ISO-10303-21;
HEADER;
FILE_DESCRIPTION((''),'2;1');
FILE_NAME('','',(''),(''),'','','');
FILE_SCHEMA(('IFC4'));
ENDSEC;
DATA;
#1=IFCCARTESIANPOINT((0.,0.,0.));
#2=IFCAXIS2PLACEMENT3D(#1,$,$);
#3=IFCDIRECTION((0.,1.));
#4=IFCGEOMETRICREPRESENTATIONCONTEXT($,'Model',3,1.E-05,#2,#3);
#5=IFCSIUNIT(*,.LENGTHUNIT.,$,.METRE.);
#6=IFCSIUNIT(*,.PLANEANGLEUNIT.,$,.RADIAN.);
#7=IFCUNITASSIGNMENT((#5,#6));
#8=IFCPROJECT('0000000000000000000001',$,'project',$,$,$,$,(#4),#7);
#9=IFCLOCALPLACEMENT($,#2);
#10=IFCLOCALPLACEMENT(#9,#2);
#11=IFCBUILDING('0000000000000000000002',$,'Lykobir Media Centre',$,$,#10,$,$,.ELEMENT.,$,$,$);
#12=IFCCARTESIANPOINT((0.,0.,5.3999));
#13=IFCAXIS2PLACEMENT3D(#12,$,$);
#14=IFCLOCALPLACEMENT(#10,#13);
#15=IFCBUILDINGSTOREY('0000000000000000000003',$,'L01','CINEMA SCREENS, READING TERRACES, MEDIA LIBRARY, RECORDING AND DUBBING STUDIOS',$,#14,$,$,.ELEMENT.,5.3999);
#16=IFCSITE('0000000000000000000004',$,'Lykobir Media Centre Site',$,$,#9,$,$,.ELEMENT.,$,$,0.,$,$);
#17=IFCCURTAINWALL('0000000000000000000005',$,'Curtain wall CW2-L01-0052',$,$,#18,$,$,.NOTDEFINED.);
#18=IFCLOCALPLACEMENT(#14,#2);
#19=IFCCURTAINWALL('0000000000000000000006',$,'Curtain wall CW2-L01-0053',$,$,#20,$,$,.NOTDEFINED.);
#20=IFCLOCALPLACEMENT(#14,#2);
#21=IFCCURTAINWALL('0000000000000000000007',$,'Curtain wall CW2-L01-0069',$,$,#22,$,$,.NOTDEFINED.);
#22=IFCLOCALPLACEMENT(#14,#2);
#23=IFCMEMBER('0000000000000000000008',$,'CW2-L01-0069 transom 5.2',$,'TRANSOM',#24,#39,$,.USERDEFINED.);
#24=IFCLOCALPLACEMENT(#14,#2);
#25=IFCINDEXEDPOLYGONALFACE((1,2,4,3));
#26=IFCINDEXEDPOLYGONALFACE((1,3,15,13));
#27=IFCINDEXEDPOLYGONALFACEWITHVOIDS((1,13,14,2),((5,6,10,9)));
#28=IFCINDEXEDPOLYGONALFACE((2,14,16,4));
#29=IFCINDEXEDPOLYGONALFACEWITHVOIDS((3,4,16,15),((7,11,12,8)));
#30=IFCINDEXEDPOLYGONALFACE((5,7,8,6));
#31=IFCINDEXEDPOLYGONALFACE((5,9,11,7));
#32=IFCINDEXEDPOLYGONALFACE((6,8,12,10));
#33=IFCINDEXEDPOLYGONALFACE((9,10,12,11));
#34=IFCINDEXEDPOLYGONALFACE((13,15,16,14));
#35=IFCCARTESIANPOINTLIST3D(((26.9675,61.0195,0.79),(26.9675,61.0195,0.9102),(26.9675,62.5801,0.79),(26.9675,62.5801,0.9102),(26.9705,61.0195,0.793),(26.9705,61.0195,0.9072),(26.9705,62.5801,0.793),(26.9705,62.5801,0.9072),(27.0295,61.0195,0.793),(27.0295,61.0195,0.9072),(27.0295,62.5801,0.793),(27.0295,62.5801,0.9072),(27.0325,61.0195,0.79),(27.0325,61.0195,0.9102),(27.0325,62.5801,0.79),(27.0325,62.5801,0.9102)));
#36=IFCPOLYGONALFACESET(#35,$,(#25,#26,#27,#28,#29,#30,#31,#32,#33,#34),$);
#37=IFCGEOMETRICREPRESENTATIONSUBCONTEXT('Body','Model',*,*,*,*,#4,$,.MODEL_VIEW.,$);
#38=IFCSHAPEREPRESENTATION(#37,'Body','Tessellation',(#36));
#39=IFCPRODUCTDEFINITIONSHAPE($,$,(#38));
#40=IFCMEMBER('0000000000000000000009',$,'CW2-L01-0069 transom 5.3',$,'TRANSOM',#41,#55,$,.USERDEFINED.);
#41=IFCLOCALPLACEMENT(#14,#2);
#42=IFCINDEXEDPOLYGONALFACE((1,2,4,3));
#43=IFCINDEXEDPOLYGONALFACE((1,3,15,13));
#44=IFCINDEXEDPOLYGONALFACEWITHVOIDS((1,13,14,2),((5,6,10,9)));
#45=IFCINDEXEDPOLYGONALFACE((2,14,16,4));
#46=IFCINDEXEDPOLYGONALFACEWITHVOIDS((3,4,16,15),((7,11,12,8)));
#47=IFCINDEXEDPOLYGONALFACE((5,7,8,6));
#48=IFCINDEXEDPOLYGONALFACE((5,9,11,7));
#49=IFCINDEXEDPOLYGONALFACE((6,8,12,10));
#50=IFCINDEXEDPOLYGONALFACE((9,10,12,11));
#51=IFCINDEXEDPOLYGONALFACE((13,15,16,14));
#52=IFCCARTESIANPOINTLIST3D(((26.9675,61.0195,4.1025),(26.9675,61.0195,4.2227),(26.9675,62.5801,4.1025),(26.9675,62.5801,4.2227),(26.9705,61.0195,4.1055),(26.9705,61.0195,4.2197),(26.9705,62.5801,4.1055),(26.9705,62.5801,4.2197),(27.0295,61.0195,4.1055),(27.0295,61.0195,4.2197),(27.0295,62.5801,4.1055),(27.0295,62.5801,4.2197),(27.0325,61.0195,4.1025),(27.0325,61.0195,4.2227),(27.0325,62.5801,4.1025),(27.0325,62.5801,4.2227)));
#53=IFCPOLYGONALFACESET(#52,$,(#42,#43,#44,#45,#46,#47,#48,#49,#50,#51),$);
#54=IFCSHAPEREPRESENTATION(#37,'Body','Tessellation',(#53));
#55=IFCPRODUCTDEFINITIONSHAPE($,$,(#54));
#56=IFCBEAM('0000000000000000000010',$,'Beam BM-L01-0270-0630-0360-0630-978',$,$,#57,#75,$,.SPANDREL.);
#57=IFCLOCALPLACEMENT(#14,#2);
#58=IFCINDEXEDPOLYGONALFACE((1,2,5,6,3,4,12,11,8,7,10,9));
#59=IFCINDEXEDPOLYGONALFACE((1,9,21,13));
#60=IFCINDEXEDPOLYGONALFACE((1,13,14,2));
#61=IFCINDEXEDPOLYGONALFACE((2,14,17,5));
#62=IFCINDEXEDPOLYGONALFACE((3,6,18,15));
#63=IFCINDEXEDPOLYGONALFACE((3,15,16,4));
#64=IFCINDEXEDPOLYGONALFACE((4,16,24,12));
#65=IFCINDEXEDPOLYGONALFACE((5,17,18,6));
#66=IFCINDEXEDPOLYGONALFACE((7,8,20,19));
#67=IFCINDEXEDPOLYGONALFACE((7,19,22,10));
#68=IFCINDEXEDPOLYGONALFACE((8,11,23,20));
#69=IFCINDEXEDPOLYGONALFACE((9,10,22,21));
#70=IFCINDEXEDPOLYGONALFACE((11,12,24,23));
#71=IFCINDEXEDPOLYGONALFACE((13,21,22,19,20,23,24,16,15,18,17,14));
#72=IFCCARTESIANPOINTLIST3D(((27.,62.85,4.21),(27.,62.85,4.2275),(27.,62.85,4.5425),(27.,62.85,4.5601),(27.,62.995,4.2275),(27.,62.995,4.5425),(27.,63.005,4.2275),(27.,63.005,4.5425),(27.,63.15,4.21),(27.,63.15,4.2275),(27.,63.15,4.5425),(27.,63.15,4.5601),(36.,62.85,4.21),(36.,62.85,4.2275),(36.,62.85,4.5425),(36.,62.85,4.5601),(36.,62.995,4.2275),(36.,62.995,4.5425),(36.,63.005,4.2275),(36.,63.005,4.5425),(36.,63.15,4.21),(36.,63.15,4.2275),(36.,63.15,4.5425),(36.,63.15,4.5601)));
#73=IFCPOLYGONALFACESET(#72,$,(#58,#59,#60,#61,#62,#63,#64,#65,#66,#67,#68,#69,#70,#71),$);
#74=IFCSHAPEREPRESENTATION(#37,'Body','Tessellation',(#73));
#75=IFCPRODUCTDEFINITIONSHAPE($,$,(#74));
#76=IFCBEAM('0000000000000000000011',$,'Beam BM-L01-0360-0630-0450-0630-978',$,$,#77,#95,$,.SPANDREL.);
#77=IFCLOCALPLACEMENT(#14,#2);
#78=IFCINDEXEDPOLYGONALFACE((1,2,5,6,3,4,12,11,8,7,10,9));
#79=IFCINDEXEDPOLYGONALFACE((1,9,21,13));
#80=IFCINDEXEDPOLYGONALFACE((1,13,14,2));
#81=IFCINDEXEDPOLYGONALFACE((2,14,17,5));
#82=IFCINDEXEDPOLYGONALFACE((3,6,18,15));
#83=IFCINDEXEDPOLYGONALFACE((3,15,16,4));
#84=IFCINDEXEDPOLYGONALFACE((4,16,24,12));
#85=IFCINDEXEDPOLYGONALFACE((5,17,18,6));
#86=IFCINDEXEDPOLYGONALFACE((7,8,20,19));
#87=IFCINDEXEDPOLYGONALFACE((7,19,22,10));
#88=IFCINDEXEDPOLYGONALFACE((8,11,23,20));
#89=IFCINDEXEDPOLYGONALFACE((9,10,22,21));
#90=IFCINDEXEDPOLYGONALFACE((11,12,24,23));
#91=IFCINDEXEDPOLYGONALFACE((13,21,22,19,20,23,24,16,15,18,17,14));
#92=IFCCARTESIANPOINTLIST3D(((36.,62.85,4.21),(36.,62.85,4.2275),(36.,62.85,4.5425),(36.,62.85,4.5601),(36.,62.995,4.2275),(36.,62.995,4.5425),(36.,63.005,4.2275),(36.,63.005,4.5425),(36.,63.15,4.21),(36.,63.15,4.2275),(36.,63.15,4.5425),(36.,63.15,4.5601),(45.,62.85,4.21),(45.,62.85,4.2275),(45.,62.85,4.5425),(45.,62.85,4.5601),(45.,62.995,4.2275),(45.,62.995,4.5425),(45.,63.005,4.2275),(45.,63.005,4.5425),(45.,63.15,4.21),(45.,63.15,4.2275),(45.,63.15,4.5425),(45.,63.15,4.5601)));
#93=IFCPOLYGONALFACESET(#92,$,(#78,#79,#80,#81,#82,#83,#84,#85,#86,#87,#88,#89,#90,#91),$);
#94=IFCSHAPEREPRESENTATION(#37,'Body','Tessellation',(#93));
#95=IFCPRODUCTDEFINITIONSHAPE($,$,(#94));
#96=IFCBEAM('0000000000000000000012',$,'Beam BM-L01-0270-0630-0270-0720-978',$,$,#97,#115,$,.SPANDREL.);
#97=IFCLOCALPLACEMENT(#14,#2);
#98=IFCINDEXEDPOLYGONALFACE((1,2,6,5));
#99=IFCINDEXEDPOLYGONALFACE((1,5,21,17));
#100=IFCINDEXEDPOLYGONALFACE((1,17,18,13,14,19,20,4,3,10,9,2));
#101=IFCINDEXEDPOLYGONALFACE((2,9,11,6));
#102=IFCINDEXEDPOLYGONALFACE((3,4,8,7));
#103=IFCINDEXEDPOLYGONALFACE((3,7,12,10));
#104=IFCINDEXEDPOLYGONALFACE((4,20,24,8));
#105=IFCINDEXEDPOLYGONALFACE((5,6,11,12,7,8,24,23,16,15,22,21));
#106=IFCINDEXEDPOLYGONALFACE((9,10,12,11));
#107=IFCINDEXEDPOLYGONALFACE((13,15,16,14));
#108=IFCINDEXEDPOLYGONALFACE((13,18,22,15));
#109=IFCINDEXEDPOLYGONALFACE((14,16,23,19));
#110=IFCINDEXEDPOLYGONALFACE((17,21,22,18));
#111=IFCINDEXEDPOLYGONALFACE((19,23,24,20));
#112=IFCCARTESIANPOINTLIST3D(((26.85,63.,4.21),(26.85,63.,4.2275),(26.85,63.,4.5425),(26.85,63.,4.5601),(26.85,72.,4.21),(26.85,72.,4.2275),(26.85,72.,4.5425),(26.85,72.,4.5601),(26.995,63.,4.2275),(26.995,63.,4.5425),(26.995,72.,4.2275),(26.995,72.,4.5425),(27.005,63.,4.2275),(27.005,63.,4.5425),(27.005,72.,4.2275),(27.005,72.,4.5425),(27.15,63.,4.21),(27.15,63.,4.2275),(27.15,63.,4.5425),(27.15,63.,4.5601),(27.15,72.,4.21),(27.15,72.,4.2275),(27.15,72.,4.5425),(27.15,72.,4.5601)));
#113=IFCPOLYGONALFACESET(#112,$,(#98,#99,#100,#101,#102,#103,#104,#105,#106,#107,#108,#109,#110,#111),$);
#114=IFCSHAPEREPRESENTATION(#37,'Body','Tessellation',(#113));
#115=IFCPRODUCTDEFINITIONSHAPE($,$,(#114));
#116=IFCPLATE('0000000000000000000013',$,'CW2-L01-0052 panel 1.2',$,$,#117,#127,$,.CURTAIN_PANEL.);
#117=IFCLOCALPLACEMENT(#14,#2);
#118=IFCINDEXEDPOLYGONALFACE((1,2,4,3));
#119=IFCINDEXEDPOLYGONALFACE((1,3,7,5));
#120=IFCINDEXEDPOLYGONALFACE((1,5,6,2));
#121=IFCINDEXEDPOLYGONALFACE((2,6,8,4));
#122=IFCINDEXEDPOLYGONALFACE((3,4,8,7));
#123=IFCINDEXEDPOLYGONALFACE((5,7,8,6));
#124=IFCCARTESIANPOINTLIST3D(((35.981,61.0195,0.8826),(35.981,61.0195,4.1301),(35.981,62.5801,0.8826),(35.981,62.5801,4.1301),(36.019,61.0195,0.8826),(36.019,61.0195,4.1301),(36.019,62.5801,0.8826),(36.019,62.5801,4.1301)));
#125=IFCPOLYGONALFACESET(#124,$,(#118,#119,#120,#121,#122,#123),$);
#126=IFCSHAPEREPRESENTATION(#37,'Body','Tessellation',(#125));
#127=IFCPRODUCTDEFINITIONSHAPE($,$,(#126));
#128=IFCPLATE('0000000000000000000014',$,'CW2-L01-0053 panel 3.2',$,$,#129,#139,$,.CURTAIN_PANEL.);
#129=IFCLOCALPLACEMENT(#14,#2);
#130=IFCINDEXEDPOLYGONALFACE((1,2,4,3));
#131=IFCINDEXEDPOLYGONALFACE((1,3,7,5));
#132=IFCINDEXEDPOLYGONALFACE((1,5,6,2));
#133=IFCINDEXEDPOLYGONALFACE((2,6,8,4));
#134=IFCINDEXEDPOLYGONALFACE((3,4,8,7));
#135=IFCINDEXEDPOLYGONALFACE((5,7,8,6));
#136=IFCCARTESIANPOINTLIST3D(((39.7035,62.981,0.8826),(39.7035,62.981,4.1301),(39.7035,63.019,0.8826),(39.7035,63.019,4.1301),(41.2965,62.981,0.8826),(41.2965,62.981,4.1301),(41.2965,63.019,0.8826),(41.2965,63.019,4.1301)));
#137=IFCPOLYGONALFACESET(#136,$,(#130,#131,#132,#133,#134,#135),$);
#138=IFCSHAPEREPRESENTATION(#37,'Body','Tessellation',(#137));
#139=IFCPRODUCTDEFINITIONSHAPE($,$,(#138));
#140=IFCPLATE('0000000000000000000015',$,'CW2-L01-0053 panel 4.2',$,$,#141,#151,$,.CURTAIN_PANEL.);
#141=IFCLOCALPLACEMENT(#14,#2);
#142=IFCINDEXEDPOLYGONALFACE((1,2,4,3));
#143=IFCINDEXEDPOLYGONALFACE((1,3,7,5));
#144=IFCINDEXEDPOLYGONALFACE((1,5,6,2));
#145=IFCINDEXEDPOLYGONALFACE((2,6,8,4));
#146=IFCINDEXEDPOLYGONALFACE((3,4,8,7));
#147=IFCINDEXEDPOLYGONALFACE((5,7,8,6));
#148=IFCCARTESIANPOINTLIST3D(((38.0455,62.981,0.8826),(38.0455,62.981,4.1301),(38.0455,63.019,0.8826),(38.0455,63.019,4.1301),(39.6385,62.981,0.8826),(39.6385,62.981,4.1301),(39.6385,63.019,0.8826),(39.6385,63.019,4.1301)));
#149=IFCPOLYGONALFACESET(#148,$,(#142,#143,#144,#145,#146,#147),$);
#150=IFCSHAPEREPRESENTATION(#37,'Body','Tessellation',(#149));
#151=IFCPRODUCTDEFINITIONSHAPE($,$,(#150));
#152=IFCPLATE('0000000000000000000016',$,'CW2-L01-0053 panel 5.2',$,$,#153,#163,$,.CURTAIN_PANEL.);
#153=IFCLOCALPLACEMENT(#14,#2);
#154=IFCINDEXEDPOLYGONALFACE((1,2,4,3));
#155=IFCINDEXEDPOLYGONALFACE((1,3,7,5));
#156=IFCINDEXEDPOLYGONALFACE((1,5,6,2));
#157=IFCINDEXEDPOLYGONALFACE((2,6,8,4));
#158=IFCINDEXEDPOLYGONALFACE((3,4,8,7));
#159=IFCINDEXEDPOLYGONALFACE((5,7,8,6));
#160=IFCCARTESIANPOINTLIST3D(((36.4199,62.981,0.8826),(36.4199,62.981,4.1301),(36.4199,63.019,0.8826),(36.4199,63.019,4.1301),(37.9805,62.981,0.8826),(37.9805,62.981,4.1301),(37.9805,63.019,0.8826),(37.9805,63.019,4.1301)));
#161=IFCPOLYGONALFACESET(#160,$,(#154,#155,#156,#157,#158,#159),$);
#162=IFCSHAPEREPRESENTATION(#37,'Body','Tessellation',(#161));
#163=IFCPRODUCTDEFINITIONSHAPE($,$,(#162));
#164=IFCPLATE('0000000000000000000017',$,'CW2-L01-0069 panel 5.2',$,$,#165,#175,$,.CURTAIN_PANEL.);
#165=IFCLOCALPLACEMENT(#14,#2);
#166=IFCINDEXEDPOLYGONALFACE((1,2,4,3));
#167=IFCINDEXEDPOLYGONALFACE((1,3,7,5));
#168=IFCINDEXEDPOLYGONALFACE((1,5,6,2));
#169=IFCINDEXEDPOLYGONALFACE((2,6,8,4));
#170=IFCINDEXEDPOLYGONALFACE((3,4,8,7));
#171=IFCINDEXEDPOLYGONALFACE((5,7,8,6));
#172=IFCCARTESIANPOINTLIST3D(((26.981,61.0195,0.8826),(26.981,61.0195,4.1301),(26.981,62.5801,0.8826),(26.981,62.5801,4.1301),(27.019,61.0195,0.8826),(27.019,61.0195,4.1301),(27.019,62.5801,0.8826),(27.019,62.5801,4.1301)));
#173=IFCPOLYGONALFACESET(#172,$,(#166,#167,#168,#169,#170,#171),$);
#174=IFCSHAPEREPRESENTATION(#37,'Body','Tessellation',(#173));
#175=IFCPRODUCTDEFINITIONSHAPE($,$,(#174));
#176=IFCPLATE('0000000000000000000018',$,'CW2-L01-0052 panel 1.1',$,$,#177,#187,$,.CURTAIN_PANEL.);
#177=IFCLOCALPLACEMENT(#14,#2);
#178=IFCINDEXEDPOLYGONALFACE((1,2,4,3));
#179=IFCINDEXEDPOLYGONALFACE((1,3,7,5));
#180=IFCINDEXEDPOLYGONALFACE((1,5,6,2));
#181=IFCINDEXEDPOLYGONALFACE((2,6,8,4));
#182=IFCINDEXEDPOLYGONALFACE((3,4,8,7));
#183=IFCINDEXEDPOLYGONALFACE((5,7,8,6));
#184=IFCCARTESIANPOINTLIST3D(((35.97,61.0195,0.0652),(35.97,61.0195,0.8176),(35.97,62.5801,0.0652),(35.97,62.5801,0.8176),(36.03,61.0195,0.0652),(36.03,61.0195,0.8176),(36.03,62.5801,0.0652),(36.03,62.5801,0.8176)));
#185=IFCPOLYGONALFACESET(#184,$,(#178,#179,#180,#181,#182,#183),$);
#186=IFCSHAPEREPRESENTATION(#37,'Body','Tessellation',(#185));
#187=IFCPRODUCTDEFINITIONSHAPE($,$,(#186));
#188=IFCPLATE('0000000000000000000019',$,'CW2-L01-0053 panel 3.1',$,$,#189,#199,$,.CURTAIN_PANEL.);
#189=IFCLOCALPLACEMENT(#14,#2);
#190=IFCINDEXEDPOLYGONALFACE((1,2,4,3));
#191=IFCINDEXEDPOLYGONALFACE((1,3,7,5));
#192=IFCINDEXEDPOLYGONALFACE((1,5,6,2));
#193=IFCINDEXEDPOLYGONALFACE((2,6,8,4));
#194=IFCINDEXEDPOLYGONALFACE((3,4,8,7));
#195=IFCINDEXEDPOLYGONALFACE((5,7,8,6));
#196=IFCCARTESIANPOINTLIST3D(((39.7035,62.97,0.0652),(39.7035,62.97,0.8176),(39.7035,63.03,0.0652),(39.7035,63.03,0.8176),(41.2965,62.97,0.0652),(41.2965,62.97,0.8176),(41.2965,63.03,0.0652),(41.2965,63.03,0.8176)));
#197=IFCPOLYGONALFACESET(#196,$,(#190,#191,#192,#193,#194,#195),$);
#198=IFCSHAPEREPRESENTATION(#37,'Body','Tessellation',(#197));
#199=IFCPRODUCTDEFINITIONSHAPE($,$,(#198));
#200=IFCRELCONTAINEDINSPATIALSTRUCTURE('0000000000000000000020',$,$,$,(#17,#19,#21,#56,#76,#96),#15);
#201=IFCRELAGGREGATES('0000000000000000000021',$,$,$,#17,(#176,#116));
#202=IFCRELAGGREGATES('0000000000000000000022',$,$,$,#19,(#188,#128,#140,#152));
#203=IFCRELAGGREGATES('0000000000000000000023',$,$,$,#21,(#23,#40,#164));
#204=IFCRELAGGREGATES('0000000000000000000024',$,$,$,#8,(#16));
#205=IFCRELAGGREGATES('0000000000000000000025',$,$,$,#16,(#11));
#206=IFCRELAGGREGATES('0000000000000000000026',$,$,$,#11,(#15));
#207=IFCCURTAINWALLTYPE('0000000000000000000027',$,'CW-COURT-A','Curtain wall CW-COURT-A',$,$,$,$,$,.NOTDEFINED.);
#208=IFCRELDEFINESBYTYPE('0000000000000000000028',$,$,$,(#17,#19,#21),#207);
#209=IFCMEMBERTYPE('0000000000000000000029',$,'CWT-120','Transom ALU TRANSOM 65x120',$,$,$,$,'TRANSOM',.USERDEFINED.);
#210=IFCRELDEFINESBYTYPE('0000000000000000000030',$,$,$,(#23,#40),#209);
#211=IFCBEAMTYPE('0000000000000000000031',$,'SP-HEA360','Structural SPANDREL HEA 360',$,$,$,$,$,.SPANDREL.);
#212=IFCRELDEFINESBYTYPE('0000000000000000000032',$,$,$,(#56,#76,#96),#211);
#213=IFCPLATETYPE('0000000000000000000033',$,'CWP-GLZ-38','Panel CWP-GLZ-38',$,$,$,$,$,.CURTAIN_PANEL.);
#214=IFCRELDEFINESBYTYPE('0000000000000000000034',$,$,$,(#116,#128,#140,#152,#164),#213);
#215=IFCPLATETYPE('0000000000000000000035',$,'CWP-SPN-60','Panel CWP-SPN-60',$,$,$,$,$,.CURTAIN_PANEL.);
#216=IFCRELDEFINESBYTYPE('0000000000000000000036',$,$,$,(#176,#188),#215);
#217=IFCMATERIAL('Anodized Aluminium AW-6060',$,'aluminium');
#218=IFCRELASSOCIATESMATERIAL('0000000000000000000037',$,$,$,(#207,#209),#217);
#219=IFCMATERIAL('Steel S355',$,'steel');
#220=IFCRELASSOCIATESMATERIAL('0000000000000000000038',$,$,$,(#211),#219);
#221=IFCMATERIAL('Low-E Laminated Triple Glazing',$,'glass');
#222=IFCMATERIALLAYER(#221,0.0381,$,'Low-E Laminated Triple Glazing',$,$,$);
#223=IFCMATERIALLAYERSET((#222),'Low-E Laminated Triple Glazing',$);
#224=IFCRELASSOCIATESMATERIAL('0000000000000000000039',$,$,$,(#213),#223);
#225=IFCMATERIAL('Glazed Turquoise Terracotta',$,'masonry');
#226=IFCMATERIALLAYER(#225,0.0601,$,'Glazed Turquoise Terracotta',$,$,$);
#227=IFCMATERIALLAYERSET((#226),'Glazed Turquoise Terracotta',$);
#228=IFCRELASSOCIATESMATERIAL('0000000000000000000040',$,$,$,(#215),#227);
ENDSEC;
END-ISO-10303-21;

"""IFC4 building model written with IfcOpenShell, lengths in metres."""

from ifc_helpers import new_model, si_unit, direction, frame, origin, origin_2d, place, context, subcontext, project, spatial, rectangle, hollow_rectangle, i_section, extrude, material, layer, layer_set, material_profile, profile_set, type_object, element, aggregate, save


model = new_model("IFC4")

# Units and contexts
model_context = context("Model", 3, precision=1e-05, world=origin(), true_north=direction((0.0, 1.0)))
body_context = subcontext(model_context, "Body", "Model", "MODEL_VIEW")
ifc_project = project(units=[si_unit("LENGTHUNIT", "METRE"), si_unit("PLANEANGLEUNIT", "RADIAN")], contexts=[model_context])

# Site, building, storey
site_placement = place(None, origin())
site = spatial("IfcSite", under=ifc_project, at=site_placement, Name="Lykobir Media Centre Site", CompositionType="ELEMENT", RefElevation=0.0)
building_placement = place(site_placement, origin())
building = spatial("IfcBuilding", under=site, at=building_placement, Name="Lykobir Media Centre", CompositionType="ELEMENT")
storey_placement = place(building_placement, frame((0.0, 0.0, 5.3999)))
storey = spatial("IfcBuildingStorey", under=building, at=storey_placement, Name="L01", Description="CINEMA SCREENS, READING TERRACES, MEDIA LIBRARY, RECORDING AND DUBBING STUDIOS", CompositionType="ELEMENT", Elevation=5.3999)

# Shared definitions
ifc_material_1 = material(Name="Steel S355", Category="steel")

# Curtain walls
ifc_material_2 = material(Name="Anodized Aluminium AW-6060", Category="aluminium")
curtain_wall_type = type_object("IfcCurtainWallType", Name="CW-COURT-A", Description="Curtain wall CW-COURT-A", PredefinedType="NOTDEFINED", material=ifc_material_2)
curtain_wall_1_placement = place(storey_placement, origin())
curtain_wall_1 = element("IfcCurtainWall", 1, at=curtain_wall_1_placement, inside=storey, type_object=curtain_wall_type, Name="Curtain wall CW2-L01-0052", PredefinedType="NOTDEFINED")
curtain_wall_2_placement = place(storey_placement, origin())
curtain_wall_2 = element("IfcCurtainWall", 2, at=curtain_wall_2_placement, inside=storey, type_object=curtain_wall_type, Name="Curtain wall CW2-L01-0053", PredefinedType="NOTDEFINED")

# Curtain wall
curtain_wall_3_placement = place(storey_placement, origin())
curtain_wall_3 = element("IfcCurtainWall", 3, at=curtain_wall_3_placement, inside=storey, type_object=curtain_wall_type, Name="Curtain wall CW2-L01-0069", PredefinedType="NOTDEFINED")

# Members
ifc_material_profile_1 = material_profile(ifc_material_2, hollow_rectangle(XDim=0.0649, YDim=0.1201, WallThickness=0.0029, at=origin_2d()), Name="ALU TRANSOM 65x120")
ifc_profile_set_1 = profile_set([ifc_material_profile_1], Name="Anodized Aluminium AW-6060")
member_type_1 = type_object("IfcMemberType", Name="CWT-120", Description="Transom ALU TRANSOM 65x120", ElementType="TRANSOM", PredefinedType="USERDEFINED", material=ifc_profile_set_1)
member_1_placement = place(storey_placement, frame((27.0, 61.0195, 0.8501), z_axis=(0.0, 1.0, 0.0), x_axis=(-1.0, 0.0, 0.0)))
member_1 = element("IfcMember", 4, at=member_1_placement, type_object=member_type_1, Name="CW2-L01-0069 transom 5.2", ObjectType="TRANSOM", PredefinedType="USERDEFINED", context=body_context, shape_type="SweptSolid", body=[
    extrude(hollow_rectangle(XDim=0.0649, YDim=0.1201, WallThickness=0.0029, at=origin_2d()), origin(), (0.0, 0.0, 1.0), 1.5605),
])
member_2_placement = place(storey_placement, frame((27.0, 61.0195, 4.1626), z_axis=(0.0, 1.0, 0.0), x_axis=(-1.0, 0.0, 0.0)))
member_2 = element("IfcMember", 5, at=member_2_placement, type_object=member_type_1, Name="CW2-L01-0069 transom 5.3", ObjectType="TRANSOM", PredefinedType="USERDEFINED", context=body_context, shape_type="SweptSolid", body=[
    extrude(hollow_rectangle(XDim=0.0649, YDim=0.1201, WallThickness=0.0029, at=origin_2d()), origin(), (0.0, 0.0, 1.0), 1.5605),
])

# Beams
ifc_material_profile_2 = material_profile(ifc_material_1, i_section(OverallWidth=0.3, OverallDepth=0.3501, WebThickness=0.01, FlangeThickness=0.0176, at=origin_2d()), Name="HEA 360")
ifc_profile_set_2 = profile_set([ifc_material_profile_2], Name="Steel S355")
beam_type_1 = type_object("IfcBeamType", Name="SP-HEA360", Description="Structural SPANDREL HEA 360", PredefinedType="SPANDREL", material=ifc_profile_set_2)
for number, where, z_axis, x_axis, name in (
    (6, (27.0, 63.0, 4.385), (1.0, 0.0, 0.0), (0.0, 1.0, 0.0), "Beam BM-L01-0270-0630-0360-0630-978"),
    (7, (36.0, 63.0, 4.385), (1.0, 0.0, 0.0), (0.0, 1.0, 0.0), "Beam BM-L01-0360-0630-0450-0630-978"),
    (8, (27.0, 63.0, 4.385), (0.0, 1.0, 0.0), (-1.0, 0.0, 0.0), "Beam BM-L01-0270-0630-0270-0720-978"),
):
    element("IfcBeam", number, at=place(storey_placement, frame(where, z_axis=z_axis, x_axis=x_axis)), inside=storey, type_object=beam_type_1, Name=name, PredefinedType="SPANDREL", context=body_context, shape_type="SweptSolid", body=[
        extrude(i_section(OverallWidth=0.3, OverallDepth=0.3501, WebThickness=0.01, FlangeThickness=0.0176, at=origin_2d()), origin(), (0.0, 0.0, 1.0), 9.0),
    ])

# Plates
ifc_material_3 = material(Name="Low-E Laminated Triple Glazing", Category="glass")
ifc_layer_1 = layer(ifc_material_3, 0.0381, Name="Low-E Laminated Triple Glazing")
ifc_layer_set_1 = layer_set([ifc_layer_1], Name="Low-E Laminated Triple Glazing")
plate_type_1 = type_object("IfcPlateType", Name="CWP-GLZ-38", Description="Panel CWP-GLZ-38", PredefinedType="CURTAIN_PANEL", material=ifc_layer_set_1)
plate_1_placement = place(storey_placement, frame((36.0, 61.7998, 0.8826), z_axis=(0.0, 0.0, 1.0), x_axis=(0.0, -1.0, 0.0)))
plate_1 = element("IfcPlate", 9, at=plate_1_placement, type_object=plate_type_1, Name="CW2-L01-0052 panel 1.2", PredefinedType="CURTAIN_PANEL", context=body_context, shape_type="SweptSolid", body=[
    extrude(rectangle(XDim=1.5605, YDim=0.0381, at=origin_2d()), origin(), (0.0, 0.0, 1.0), 3.2476),
])
plate_2_placement = place(storey_placement, frame((40.5, 63.0, 0.8826), z_axis=(0.0, 0.0, 1.0), x_axis=(-1.0, 0.0, 0.0)))
plate_2 = element("IfcPlate", 10, at=plate_2_placement, type_object=plate_type_1, Name="CW2-L01-0053 panel 3.2", PredefinedType="CURTAIN_PANEL", context=body_context, shape_type="SweptSolid", body=[
    extrude(rectangle(XDim=1.593, YDim=0.0381, at=origin_2d()), origin(), (0.0, 0.0, 1.0), 3.2476),
])
plate_3_placement = place(storey_placement, frame((38.842, 63.0, 0.8826), z_axis=(0.0, 0.0, 1.0), x_axis=(-1.0, 0.0, 0.0)))
plate_3 = element("IfcPlate", 11, at=plate_3_placement, type_object=plate_type_1, Name="CW2-L01-0053 panel 4.2", PredefinedType="CURTAIN_PANEL", context=body_context, shape_type="SweptSolid", body=[
    extrude(rectangle(XDim=1.593, YDim=0.0381, at=origin_2d()), origin(), (0.0, 0.0, 1.0), 3.2476),
])
plate_4_placement = place(storey_placement, frame((37.2002, 63.0, 0.8826), z_axis=(0.0, 0.0, 1.0), x_axis=(-1.0, 0.0, 0.0)))
plate_4 = element("IfcPlate", 12, at=plate_4_placement, type_object=plate_type_1, Name="CW2-L01-0053 panel 5.2", PredefinedType="CURTAIN_PANEL", context=body_context, shape_type="SweptSolid", body=[
    extrude(rectangle(XDim=1.5605, YDim=0.0381, at=origin_2d()), origin(), (0.0, 0.0, 1.0), 3.2476),
])
plate_5_placement = place(storey_placement, frame((27.0, 61.7998, 0.8826), z_axis=(0.0, 0.0, 1.0), x_axis=(0.0, 1.0, 0.0)))
plate_5 = element("IfcPlate", 13, at=plate_5_placement, type_object=plate_type_1, Name="CW2-L01-0069 panel 5.2", PredefinedType="CURTAIN_PANEL", context=body_context, shape_type="SweptSolid", body=[
    extrude(rectangle(XDim=1.5605, YDim=0.0381, at=origin_2d()), origin(), (0.0, 0.0, 1.0), 3.2476),
])
ifc_material_4 = material(Name="Glazed Turquoise Terracotta", Category="masonry")
ifc_layer_2 = layer(ifc_material_4, 0.0601, Name="Glazed Turquoise Terracotta")
ifc_layer_set_2 = layer_set([ifc_layer_2], Name="Glazed Turquoise Terracotta")
plate_type_2 = type_object("IfcPlateType", Name="CWP-SPN-60", Description="Panel CWP-SPN-60", PredefinedType="CURTAIN_PANEL", material=ifc_layer_set_2)
plate_6_placement = place(storey_placement, frame((36.0, 61.7998, 0.0652), z_axis=(0.0, 0.0, 1.0), x_axis=(0.0, -1.0, 0.0)))
plate_6 = element("IfcPlate", 14, at=plate_6_placement, type_object=plate_type_2, Name="CW2-L01-0052 panel 1.1", PredefinedType="CURTAIN_PANEL", context=body_context, shape_type="SweptSolid", body=[
    extrude(rectangle(XDim=1.5605, YDim=0.0601, at=origin_2d()), origin(), (0.0, 0.0, 1.0), 0.7524),
])
aggregate(curtain_wall_1, [plate_6, plate_1])
plate_7_placement = place(storey_placement, frame((40.5, 63.0, 0.0652), z_axis=(0.0, 0.0, 1.0), x_axis=(-1.0, 0.0, 0.0)))
plate_7 = element("IfcPlate", 15, at=plate_7_placement, type_object=plate_type_2, Name="CW2-L01-0053 panel 3.1", PredefinedType="CURTAIN_PANEL", context=body_context, shape_type="SweptSolid", body=[
    extrude(rectangle(XDim=1.593, YDim=0.0601, at=origin_2d()), origin(), (0.0, 0.0, 1.0), 0.7524),
])
aggregate(curtain_wall_2, [plate_7, plate_2, plate_3, plate_4])
aggregate(curtain_wall_3, [member_1, member_2, plate_5])

save(model, "model.ifc")
